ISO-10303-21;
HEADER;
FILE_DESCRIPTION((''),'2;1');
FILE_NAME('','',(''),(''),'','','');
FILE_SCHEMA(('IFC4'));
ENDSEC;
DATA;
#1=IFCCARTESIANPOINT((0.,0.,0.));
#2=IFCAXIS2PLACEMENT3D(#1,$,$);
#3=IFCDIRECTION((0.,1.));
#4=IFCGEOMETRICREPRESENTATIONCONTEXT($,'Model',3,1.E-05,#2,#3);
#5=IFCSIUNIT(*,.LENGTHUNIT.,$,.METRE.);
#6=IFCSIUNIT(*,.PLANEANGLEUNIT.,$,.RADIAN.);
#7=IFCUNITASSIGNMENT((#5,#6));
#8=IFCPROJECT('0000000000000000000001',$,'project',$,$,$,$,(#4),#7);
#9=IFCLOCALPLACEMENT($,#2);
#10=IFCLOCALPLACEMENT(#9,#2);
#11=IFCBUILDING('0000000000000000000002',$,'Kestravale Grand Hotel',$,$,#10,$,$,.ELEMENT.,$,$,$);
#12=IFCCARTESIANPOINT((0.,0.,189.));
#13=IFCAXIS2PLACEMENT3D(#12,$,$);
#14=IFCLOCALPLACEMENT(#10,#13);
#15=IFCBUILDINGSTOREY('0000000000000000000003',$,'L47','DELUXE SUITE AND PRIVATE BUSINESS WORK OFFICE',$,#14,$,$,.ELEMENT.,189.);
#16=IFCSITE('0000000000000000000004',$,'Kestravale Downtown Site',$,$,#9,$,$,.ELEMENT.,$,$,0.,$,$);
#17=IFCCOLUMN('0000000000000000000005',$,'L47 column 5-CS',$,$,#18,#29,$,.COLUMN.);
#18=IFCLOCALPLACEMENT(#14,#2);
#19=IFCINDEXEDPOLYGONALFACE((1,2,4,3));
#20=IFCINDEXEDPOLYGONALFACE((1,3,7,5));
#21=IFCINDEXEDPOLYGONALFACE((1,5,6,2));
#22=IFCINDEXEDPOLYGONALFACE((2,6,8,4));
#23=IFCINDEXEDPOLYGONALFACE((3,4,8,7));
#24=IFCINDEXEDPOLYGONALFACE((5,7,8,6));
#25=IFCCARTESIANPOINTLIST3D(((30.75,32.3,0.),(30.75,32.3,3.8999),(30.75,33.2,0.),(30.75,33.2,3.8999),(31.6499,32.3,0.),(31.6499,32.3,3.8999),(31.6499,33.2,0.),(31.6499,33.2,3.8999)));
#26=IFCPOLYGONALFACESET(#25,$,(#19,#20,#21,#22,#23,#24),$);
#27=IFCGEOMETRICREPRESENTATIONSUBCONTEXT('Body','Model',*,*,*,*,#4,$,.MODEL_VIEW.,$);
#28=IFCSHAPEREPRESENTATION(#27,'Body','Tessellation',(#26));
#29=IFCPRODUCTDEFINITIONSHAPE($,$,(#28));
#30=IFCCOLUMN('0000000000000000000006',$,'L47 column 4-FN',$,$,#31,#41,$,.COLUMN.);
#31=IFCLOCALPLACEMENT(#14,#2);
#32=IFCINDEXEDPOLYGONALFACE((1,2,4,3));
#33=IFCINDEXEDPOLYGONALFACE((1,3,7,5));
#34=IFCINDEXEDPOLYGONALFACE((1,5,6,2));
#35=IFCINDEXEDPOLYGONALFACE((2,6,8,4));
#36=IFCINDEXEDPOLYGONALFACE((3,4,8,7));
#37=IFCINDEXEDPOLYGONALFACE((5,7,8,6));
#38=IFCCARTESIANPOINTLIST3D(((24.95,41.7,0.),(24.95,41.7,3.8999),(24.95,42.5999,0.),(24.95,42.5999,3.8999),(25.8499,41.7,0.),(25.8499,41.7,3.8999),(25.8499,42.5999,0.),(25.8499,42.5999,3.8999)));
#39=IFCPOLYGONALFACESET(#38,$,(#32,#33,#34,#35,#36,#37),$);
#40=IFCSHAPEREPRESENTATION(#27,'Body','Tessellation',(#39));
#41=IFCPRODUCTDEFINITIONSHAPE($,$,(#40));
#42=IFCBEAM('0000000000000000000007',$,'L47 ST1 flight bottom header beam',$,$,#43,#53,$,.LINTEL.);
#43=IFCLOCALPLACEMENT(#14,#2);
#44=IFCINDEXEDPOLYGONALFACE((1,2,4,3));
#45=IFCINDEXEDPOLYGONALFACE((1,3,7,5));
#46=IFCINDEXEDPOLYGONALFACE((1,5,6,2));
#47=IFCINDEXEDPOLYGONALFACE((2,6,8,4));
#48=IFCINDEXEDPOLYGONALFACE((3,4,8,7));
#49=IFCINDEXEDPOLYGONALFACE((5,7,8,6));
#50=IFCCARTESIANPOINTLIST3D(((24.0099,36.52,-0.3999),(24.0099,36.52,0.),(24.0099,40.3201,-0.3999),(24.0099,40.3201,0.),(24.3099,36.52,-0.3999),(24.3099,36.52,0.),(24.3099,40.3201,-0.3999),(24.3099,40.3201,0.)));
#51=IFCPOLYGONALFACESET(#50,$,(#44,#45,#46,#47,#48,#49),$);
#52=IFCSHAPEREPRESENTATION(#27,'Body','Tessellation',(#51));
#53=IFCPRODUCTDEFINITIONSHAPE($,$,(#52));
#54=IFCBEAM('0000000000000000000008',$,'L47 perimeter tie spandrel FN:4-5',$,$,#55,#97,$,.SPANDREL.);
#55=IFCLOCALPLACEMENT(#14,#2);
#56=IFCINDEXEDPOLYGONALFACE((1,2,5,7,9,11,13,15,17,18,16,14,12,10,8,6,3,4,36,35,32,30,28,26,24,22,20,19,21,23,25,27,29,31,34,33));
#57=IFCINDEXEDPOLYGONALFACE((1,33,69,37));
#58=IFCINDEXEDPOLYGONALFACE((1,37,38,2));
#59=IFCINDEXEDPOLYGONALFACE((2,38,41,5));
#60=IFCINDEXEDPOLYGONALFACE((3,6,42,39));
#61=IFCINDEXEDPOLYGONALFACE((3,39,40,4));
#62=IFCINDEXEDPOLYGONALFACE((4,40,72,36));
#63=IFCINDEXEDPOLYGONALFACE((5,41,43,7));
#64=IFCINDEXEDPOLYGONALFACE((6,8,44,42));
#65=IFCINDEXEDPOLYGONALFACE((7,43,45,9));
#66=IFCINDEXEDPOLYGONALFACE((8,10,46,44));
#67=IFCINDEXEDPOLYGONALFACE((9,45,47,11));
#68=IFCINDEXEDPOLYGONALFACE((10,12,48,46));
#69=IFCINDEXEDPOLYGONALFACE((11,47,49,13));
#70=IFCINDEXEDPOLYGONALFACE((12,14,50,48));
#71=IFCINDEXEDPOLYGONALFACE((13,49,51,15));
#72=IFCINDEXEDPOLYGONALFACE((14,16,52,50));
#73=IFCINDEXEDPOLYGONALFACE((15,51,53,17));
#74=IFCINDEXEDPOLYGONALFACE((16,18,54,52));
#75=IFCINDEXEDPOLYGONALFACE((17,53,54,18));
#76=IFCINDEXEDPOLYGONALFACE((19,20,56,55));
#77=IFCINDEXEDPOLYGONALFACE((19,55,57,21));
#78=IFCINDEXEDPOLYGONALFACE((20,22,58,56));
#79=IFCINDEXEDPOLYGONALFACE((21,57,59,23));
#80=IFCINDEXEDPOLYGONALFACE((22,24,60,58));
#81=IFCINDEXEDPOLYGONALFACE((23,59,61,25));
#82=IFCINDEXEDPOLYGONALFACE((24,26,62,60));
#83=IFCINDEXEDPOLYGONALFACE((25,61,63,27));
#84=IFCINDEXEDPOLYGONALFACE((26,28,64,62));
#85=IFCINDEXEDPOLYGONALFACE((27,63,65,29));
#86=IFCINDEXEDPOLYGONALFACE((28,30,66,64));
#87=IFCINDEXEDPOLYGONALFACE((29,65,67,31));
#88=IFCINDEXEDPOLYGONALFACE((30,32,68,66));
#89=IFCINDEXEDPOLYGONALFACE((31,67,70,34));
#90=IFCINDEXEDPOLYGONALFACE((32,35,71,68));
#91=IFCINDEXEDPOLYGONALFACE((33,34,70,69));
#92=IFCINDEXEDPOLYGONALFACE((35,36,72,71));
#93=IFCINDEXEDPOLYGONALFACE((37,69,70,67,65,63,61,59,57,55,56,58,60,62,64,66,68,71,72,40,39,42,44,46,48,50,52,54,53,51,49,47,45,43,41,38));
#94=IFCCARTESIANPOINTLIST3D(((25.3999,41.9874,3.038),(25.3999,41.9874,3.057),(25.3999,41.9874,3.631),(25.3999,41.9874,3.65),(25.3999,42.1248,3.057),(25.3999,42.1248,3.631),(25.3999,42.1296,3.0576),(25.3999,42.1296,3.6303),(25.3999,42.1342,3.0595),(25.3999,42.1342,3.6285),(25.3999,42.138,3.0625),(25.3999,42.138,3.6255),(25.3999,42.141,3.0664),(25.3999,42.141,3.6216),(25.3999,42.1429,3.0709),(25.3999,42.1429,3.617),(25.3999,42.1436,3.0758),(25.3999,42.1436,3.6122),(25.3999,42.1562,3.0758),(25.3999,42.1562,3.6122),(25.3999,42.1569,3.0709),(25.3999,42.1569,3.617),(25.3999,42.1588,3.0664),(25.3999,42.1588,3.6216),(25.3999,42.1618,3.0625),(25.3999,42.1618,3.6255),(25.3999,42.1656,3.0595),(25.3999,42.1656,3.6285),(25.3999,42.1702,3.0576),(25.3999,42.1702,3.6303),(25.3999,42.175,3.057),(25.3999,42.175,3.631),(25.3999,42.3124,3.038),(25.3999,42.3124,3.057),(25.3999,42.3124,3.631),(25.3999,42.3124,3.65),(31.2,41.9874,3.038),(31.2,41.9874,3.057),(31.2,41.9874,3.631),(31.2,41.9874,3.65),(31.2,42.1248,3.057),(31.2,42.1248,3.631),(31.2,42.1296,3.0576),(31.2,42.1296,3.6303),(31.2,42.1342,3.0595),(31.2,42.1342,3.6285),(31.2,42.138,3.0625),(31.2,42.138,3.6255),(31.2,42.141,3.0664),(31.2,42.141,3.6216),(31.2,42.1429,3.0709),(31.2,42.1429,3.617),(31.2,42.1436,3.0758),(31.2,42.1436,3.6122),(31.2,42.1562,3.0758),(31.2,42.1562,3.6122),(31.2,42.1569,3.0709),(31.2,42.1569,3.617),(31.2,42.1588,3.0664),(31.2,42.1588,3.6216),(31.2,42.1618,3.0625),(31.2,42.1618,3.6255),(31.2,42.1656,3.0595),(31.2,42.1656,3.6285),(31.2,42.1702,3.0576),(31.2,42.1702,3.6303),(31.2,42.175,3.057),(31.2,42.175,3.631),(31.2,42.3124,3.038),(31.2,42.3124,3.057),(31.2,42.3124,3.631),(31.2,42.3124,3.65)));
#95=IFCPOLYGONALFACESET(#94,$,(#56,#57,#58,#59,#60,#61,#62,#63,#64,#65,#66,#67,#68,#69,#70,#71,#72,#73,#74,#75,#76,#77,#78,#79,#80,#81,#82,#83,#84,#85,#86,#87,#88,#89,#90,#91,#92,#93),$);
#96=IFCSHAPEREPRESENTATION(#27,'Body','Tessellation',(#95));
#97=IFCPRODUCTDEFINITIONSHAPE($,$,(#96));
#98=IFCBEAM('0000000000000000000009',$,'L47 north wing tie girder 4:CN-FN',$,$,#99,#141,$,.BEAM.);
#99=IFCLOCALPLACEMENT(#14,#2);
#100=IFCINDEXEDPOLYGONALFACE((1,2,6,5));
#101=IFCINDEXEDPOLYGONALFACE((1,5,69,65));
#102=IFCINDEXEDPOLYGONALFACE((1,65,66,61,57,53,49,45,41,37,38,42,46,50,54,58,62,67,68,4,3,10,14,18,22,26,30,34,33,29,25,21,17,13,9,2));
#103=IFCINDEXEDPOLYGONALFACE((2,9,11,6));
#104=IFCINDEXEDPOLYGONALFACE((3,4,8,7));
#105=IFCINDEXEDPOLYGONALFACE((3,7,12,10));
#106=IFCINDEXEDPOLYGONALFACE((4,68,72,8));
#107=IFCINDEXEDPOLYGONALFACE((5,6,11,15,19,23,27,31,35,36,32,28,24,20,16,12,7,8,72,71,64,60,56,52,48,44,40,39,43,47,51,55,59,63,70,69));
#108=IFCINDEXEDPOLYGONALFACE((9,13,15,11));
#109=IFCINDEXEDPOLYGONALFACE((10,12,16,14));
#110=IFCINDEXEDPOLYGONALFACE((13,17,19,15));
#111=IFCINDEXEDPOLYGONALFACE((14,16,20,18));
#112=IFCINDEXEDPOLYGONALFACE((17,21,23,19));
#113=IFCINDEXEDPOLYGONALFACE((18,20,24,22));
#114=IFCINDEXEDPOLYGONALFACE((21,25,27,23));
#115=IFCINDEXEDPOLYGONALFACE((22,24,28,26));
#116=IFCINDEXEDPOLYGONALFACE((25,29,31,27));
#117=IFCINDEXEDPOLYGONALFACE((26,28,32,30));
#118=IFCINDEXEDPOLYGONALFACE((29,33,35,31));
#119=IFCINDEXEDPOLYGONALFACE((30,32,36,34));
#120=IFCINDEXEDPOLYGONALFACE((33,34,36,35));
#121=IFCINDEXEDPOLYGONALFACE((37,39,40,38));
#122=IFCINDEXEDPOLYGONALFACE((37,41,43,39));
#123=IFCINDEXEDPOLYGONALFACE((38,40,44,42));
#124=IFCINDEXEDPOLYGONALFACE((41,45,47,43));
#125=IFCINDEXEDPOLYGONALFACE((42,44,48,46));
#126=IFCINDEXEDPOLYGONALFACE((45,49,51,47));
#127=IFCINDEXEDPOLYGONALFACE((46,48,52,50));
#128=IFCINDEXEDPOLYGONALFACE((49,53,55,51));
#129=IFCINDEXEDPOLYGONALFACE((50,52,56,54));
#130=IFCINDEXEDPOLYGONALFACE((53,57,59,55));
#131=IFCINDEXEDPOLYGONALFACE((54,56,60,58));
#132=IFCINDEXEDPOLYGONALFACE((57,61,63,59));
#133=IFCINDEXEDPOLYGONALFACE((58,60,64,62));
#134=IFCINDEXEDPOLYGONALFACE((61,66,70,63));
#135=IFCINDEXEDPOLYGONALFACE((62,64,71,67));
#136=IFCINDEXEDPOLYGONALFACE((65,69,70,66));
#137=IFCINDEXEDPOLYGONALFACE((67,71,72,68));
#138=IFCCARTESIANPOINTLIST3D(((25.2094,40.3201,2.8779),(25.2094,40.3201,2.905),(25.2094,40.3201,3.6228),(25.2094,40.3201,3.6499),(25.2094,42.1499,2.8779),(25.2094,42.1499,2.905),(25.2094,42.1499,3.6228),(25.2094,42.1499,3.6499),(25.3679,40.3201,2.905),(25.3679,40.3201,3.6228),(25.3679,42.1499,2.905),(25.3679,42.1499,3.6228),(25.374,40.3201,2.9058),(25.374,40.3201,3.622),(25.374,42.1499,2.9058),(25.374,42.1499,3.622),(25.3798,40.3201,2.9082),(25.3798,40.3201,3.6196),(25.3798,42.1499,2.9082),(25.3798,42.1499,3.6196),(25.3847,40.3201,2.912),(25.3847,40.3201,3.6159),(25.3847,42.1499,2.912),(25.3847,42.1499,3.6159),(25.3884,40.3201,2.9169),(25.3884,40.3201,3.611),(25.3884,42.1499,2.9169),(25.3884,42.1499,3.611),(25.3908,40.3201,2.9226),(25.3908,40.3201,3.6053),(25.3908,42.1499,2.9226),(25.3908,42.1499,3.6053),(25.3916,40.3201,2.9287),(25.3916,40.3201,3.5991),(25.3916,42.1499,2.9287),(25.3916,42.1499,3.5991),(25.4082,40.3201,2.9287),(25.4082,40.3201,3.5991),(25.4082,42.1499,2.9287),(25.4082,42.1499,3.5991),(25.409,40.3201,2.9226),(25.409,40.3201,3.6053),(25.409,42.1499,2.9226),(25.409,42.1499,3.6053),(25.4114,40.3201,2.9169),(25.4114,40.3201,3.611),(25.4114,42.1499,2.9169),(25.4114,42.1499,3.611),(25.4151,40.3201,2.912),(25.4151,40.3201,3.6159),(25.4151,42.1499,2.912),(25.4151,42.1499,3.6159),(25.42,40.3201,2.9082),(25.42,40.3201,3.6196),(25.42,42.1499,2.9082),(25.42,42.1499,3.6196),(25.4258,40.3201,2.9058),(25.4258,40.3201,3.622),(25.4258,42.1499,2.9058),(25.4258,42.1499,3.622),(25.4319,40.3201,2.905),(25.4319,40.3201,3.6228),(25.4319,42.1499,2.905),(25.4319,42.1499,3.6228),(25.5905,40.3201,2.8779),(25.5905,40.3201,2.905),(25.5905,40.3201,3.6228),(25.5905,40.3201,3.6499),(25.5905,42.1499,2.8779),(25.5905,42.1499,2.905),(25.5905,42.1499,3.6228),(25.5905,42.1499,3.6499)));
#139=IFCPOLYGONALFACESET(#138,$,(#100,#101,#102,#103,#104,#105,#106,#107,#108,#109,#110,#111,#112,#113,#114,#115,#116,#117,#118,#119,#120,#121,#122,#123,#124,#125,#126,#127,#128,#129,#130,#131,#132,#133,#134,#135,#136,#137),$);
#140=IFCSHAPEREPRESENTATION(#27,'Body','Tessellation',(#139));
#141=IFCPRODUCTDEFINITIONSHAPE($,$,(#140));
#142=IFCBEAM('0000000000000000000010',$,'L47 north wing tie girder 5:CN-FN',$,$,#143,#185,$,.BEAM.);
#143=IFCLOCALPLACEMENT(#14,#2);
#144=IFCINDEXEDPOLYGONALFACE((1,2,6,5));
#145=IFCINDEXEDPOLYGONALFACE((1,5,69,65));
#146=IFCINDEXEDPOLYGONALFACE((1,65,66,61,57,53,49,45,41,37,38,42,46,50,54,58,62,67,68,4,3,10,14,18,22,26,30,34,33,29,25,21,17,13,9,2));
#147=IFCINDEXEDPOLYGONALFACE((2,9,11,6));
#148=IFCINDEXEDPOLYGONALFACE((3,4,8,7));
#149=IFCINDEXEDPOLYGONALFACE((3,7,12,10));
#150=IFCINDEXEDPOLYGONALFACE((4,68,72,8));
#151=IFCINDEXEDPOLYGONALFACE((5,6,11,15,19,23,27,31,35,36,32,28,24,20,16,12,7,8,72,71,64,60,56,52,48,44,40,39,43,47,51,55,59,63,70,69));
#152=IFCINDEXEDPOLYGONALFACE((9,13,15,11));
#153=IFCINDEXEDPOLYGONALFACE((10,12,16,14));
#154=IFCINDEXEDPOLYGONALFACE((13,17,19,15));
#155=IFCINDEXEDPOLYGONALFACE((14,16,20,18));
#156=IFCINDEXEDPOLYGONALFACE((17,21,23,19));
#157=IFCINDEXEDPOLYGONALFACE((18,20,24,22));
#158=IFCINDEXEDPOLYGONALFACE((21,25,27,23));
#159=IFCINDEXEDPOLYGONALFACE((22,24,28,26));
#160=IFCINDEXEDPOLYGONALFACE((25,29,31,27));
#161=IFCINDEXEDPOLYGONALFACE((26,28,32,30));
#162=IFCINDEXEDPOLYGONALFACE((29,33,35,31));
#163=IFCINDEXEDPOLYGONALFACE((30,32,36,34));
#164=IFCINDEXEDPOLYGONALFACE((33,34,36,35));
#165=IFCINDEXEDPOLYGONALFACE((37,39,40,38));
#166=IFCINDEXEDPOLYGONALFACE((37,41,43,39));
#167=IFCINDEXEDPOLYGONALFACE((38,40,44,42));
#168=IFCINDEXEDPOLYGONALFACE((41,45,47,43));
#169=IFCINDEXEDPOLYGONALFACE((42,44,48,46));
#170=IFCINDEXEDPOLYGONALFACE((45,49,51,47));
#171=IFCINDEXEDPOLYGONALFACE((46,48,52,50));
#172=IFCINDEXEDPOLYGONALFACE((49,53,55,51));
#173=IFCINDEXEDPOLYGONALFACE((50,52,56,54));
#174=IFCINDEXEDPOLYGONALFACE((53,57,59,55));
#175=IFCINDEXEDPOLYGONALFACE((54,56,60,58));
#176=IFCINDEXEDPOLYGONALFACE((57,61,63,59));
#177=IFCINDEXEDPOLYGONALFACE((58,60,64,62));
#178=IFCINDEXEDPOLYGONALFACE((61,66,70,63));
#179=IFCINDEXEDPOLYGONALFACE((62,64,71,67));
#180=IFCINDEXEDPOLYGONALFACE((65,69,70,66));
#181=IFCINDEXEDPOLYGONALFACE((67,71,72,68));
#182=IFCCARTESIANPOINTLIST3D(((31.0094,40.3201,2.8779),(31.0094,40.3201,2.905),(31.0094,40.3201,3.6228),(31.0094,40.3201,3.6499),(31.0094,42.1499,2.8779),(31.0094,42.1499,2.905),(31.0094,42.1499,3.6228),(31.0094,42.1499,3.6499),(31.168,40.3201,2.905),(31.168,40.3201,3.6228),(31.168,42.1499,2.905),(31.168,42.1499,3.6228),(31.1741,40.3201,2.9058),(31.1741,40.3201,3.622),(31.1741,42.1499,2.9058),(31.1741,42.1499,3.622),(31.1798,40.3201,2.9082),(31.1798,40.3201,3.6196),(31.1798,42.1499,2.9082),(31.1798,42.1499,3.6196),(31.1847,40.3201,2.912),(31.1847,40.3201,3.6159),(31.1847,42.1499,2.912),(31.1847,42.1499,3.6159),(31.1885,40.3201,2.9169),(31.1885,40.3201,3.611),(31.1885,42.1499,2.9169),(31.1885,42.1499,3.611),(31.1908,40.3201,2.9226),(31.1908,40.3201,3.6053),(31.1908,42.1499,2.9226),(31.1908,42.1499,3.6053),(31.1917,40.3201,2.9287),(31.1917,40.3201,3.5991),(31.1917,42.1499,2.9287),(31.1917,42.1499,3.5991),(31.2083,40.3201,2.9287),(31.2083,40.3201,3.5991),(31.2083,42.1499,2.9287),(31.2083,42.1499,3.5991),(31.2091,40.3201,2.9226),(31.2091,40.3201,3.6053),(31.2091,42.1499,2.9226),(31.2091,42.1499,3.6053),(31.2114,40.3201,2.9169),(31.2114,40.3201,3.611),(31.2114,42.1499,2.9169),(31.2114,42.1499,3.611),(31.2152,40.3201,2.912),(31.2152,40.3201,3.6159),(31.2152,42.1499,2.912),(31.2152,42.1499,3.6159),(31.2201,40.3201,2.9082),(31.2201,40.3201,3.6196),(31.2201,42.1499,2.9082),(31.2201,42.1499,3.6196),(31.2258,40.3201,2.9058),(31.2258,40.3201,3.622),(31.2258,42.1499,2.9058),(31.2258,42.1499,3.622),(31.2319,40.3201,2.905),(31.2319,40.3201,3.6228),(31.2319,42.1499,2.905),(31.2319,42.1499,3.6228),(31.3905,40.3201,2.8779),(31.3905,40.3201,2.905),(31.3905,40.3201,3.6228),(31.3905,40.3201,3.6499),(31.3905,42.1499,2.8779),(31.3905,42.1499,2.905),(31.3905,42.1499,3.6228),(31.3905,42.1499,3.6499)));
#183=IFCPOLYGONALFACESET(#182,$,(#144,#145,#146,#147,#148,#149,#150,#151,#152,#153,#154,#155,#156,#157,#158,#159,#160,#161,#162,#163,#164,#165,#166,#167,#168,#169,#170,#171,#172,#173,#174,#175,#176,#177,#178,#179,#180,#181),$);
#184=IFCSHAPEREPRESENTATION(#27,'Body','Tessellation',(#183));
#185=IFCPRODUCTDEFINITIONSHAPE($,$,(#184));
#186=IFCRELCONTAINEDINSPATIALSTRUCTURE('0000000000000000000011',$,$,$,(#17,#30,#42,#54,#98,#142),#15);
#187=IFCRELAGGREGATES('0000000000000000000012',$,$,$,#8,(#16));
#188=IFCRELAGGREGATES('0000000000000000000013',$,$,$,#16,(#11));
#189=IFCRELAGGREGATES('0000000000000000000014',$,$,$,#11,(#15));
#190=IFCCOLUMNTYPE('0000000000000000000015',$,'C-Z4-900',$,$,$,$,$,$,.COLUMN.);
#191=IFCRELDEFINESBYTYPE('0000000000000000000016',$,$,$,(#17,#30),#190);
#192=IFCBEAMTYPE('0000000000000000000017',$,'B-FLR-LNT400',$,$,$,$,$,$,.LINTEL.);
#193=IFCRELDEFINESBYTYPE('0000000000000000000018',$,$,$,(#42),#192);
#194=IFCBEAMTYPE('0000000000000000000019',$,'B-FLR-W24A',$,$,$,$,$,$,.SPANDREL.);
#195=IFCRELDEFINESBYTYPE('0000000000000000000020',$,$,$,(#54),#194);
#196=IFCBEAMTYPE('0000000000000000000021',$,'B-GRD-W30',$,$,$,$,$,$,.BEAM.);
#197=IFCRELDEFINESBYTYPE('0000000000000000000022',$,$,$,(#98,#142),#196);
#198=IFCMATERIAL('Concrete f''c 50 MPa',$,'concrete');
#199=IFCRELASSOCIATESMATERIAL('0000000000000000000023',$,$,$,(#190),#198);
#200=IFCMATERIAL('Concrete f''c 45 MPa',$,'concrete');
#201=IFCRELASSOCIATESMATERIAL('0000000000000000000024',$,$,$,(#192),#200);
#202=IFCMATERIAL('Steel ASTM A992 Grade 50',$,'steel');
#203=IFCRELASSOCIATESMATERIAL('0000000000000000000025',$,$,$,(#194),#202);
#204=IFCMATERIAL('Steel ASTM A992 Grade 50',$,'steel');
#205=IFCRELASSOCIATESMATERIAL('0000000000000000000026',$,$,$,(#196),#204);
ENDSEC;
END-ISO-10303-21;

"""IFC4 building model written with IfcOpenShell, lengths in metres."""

from ifc_helpers import new_model, si_unit, direction, frame, origin, origin_2d, place, context, subcontext, project, spatial, rectangle, i_section, extrude, material, material_profile, profile_set, type_object, element, save


model = new_model("IFC4")

# Units and contexts
model_context = context("Model", 3, precision=1e-05, world=origin(), true_north=direction((0.0, 1.0)))
body_context = subcontext(model_context, "Body", "Model", "MODEL_VIEW")
ifc_project = project(units=[si_unit("LENGTHUNIT", "METRE"), si_unit("PLANEANGLEUNIT", "RADIAN")], contexts=[model_context])

# Site, building, storey
site_placement = place(None, origin())
site = spatial("IfcSite", under=ifc_project, at=site_placement, Name="Kestravale Downtown Site", CompositionType="ELEMENT", RefElevation=0.0)
building_placement = place(site_placement, origin())
building = spatial("IfcBuilding", under=site, at=building_placement, Name="Kestravale Grand Hotel", CompositionType="ELEMENT")
storey_placement = place(building_placement, frame((0.0, 0.0, 189.0)))
storey = spatial("IfcBuildingStorey", under=building, at=storey_placement, Name="L47", Description="DELUXE SUITE AND PRIVATE BUSINESS WORK OFFICE", CompositionType="ELEMENT", Elevation=189.0)

# Columns
ifc_material_1 = material(Name="Concrete f'c 50 MPa", Category="concrete")
ifc_material_profile_1 = material_profile(ifc_material_1, rectangle(XDim=0.8999, YDim=0.8999, at=origin_2d()))
ifc_profile_set_1 = profile_set([ifc_material_profile_1], Name="Concrete f'c 50 MPa")
column_type = type_object("IfcColumnType", Name="C-Z4-900", PredefinedType="COLUMN", material=ifc_profile_set_1)
for number, where, z_axis, x_axis, name in (
    (1, (31.2, 32.75, 0.0), (0.0, 0.0, 1.0), (1.0, 0.0, 0.0), "L47 column 5-CS"),
    (2, (25.3999, 42.1499, 0.0), (0.0, 0.0, 1.0), (1.0, 0.0, 0.0), "L47 column 4-FN"),
):
    element("IfcColumn", number, at=place(storey_placement, frame(where, z_axis=z_axis, x_axis=x_axis)), inside=storey, type_object=column_type, Name=name, PredefinedType="COLUMN", context=body_context, shape_type="SweptSolid", body=[
        extrude(rectangle(XDim=0.8999, YDim=0.8999, at=origin_2d()), origin(), (0.0, 0.0, 1.0), 3.8999),
    ])

# Beams
ifc_material_2 = material(Name="Concrete f'c 45 MPa", Category="concrete")
ifc_material_profile_2 = material_profile(ifc_material_2, rectangle(XDim=0.3, YDim=0.3999, at=origin_2d()))
ifc_profile_set_2 = profile_set([ifc_material_profile_2], Name="Concrete f'c 45 MPa")
beam_type_1 = type_object("IfcBeamType", Name="B-FLR-LNT400", PredefinedType="LINTEL", material=ifc_profile_set_2)
beam_1_placement = place(storey_placement, frame((24.1599, 36.52, -0.2), z_axis=(0.0, 1.0, 0.0), x_axis=(-1.0, 0.0, 0.0)))
element("IfcBeam", 3, at=beam_1_placement, inside=storey, type_object=beam_type_1, Name="L47 ST1 flight bottom header beam", PredefinedType="LINTEL", context=body_context, shape_type="SweptSolid", body=[
    extrude(rectangle(XDim=0.3, YDim=0.3999, at=origin_2d()), origin(), (0.0, 0.0, 1.0), 3.8),
])
ifc_material_3 = material(Name="Steel ASTM A992 Grade 50", Category="steel")
ifc_material_profile_3 = material_profile(ifc_material_3, i_section(OverallWidth=0.325, OverallDepth=0.6121, WebThickness=0.0127, FlangeThickness=0.019, FilletRadius=0.0188, at=origin_2d()))
ifc_profile_set_3 = profile_set([ifc_material_profile_3], Name="Steel ASTM A992 Grade 50")
beam_type_2 = type_object("IfcBeamType", Name="B-FLR-W24A", PredefinedType="SPANDREL", material=ifc_profile_set_3)
beam_2_placement = place(storey_placement, frame((25.3999, 42.1499, 3.344), z_axis=(1.0, 0.0, 0.0), x_axis=(0.0, 1.0, 0.0)))
element("IfcBeam", 4, at=beam_2_placement, inside=storey, type_object=beam_type_2, Name="L47 perimeter tie spandrel FN:4-5", PredefinedType="SPANDREL", context=body_context, shape_type="SweptSolid", body=[
    extrude(i_section(OverallWidth=0.325, OverallDepth=0.6121, WebThickness=0.0127, FlangeThickness=0.019, FilletRadius=0.0188, at=origin_2d()), origin(), (0.0, 0.0, 1.0), 5.8),
])
ifc_material_4 = material(Name="Steel ASTM A992 Grade 50", Category="steel")
ifc_material_profile_4 = material_profile(ifc_material_4, i_section(OverallWidth=0.3811, OverallDepth=0.772, WebThickness=0.0166, FlangeThickness=0.0271, FilletRadius=0.0237, at=origin_2d()))
ifc_profile_set_4 = profile_set([ifc_material_profile_4], Name="Steel ASTM A992 Grade 50")
beam_type_3 = type_object("IfcBeamType", Name="B-GRD-W30", PredefinedType="BEAM", material=ifc_profile_set_4)
for number, where, z_axis, x_axis, name in (
    (5, (25.3999, 40.3201, 3.2639), (0.0, 1.0, 0.0), (-1.0, 0.0, 0.0), "L47 north wing tie girder 4:CN-FN"),
    (6, (31.2, 40.3201, 3.2639), (0.0, 1.0, 0.0), (-1.0, 0.0, 0.0), "L47 north wing tie girder 5:CN-FN"),
):
    element("IfcBeam", number, at=place(storey_placement, frame(where, z_axis=z_axis, x_axis=x_axis)), inside=storey, type_object=beam_type_3, Name=name, PredefinedType="BEAM", context=body_context, shape_type="SweptSolid", body=[
        extrude(i_section(OverallWidth=0.3811, OverallDepth=0.772, WebThickness=0.0166, FlangeThickness=0.0271, FilletRadius=0.0237, at=origin_2d()), origin(), (0.0, 0.0, 1.0), 1.8298),
    ])

save(model, "model.ifc")
